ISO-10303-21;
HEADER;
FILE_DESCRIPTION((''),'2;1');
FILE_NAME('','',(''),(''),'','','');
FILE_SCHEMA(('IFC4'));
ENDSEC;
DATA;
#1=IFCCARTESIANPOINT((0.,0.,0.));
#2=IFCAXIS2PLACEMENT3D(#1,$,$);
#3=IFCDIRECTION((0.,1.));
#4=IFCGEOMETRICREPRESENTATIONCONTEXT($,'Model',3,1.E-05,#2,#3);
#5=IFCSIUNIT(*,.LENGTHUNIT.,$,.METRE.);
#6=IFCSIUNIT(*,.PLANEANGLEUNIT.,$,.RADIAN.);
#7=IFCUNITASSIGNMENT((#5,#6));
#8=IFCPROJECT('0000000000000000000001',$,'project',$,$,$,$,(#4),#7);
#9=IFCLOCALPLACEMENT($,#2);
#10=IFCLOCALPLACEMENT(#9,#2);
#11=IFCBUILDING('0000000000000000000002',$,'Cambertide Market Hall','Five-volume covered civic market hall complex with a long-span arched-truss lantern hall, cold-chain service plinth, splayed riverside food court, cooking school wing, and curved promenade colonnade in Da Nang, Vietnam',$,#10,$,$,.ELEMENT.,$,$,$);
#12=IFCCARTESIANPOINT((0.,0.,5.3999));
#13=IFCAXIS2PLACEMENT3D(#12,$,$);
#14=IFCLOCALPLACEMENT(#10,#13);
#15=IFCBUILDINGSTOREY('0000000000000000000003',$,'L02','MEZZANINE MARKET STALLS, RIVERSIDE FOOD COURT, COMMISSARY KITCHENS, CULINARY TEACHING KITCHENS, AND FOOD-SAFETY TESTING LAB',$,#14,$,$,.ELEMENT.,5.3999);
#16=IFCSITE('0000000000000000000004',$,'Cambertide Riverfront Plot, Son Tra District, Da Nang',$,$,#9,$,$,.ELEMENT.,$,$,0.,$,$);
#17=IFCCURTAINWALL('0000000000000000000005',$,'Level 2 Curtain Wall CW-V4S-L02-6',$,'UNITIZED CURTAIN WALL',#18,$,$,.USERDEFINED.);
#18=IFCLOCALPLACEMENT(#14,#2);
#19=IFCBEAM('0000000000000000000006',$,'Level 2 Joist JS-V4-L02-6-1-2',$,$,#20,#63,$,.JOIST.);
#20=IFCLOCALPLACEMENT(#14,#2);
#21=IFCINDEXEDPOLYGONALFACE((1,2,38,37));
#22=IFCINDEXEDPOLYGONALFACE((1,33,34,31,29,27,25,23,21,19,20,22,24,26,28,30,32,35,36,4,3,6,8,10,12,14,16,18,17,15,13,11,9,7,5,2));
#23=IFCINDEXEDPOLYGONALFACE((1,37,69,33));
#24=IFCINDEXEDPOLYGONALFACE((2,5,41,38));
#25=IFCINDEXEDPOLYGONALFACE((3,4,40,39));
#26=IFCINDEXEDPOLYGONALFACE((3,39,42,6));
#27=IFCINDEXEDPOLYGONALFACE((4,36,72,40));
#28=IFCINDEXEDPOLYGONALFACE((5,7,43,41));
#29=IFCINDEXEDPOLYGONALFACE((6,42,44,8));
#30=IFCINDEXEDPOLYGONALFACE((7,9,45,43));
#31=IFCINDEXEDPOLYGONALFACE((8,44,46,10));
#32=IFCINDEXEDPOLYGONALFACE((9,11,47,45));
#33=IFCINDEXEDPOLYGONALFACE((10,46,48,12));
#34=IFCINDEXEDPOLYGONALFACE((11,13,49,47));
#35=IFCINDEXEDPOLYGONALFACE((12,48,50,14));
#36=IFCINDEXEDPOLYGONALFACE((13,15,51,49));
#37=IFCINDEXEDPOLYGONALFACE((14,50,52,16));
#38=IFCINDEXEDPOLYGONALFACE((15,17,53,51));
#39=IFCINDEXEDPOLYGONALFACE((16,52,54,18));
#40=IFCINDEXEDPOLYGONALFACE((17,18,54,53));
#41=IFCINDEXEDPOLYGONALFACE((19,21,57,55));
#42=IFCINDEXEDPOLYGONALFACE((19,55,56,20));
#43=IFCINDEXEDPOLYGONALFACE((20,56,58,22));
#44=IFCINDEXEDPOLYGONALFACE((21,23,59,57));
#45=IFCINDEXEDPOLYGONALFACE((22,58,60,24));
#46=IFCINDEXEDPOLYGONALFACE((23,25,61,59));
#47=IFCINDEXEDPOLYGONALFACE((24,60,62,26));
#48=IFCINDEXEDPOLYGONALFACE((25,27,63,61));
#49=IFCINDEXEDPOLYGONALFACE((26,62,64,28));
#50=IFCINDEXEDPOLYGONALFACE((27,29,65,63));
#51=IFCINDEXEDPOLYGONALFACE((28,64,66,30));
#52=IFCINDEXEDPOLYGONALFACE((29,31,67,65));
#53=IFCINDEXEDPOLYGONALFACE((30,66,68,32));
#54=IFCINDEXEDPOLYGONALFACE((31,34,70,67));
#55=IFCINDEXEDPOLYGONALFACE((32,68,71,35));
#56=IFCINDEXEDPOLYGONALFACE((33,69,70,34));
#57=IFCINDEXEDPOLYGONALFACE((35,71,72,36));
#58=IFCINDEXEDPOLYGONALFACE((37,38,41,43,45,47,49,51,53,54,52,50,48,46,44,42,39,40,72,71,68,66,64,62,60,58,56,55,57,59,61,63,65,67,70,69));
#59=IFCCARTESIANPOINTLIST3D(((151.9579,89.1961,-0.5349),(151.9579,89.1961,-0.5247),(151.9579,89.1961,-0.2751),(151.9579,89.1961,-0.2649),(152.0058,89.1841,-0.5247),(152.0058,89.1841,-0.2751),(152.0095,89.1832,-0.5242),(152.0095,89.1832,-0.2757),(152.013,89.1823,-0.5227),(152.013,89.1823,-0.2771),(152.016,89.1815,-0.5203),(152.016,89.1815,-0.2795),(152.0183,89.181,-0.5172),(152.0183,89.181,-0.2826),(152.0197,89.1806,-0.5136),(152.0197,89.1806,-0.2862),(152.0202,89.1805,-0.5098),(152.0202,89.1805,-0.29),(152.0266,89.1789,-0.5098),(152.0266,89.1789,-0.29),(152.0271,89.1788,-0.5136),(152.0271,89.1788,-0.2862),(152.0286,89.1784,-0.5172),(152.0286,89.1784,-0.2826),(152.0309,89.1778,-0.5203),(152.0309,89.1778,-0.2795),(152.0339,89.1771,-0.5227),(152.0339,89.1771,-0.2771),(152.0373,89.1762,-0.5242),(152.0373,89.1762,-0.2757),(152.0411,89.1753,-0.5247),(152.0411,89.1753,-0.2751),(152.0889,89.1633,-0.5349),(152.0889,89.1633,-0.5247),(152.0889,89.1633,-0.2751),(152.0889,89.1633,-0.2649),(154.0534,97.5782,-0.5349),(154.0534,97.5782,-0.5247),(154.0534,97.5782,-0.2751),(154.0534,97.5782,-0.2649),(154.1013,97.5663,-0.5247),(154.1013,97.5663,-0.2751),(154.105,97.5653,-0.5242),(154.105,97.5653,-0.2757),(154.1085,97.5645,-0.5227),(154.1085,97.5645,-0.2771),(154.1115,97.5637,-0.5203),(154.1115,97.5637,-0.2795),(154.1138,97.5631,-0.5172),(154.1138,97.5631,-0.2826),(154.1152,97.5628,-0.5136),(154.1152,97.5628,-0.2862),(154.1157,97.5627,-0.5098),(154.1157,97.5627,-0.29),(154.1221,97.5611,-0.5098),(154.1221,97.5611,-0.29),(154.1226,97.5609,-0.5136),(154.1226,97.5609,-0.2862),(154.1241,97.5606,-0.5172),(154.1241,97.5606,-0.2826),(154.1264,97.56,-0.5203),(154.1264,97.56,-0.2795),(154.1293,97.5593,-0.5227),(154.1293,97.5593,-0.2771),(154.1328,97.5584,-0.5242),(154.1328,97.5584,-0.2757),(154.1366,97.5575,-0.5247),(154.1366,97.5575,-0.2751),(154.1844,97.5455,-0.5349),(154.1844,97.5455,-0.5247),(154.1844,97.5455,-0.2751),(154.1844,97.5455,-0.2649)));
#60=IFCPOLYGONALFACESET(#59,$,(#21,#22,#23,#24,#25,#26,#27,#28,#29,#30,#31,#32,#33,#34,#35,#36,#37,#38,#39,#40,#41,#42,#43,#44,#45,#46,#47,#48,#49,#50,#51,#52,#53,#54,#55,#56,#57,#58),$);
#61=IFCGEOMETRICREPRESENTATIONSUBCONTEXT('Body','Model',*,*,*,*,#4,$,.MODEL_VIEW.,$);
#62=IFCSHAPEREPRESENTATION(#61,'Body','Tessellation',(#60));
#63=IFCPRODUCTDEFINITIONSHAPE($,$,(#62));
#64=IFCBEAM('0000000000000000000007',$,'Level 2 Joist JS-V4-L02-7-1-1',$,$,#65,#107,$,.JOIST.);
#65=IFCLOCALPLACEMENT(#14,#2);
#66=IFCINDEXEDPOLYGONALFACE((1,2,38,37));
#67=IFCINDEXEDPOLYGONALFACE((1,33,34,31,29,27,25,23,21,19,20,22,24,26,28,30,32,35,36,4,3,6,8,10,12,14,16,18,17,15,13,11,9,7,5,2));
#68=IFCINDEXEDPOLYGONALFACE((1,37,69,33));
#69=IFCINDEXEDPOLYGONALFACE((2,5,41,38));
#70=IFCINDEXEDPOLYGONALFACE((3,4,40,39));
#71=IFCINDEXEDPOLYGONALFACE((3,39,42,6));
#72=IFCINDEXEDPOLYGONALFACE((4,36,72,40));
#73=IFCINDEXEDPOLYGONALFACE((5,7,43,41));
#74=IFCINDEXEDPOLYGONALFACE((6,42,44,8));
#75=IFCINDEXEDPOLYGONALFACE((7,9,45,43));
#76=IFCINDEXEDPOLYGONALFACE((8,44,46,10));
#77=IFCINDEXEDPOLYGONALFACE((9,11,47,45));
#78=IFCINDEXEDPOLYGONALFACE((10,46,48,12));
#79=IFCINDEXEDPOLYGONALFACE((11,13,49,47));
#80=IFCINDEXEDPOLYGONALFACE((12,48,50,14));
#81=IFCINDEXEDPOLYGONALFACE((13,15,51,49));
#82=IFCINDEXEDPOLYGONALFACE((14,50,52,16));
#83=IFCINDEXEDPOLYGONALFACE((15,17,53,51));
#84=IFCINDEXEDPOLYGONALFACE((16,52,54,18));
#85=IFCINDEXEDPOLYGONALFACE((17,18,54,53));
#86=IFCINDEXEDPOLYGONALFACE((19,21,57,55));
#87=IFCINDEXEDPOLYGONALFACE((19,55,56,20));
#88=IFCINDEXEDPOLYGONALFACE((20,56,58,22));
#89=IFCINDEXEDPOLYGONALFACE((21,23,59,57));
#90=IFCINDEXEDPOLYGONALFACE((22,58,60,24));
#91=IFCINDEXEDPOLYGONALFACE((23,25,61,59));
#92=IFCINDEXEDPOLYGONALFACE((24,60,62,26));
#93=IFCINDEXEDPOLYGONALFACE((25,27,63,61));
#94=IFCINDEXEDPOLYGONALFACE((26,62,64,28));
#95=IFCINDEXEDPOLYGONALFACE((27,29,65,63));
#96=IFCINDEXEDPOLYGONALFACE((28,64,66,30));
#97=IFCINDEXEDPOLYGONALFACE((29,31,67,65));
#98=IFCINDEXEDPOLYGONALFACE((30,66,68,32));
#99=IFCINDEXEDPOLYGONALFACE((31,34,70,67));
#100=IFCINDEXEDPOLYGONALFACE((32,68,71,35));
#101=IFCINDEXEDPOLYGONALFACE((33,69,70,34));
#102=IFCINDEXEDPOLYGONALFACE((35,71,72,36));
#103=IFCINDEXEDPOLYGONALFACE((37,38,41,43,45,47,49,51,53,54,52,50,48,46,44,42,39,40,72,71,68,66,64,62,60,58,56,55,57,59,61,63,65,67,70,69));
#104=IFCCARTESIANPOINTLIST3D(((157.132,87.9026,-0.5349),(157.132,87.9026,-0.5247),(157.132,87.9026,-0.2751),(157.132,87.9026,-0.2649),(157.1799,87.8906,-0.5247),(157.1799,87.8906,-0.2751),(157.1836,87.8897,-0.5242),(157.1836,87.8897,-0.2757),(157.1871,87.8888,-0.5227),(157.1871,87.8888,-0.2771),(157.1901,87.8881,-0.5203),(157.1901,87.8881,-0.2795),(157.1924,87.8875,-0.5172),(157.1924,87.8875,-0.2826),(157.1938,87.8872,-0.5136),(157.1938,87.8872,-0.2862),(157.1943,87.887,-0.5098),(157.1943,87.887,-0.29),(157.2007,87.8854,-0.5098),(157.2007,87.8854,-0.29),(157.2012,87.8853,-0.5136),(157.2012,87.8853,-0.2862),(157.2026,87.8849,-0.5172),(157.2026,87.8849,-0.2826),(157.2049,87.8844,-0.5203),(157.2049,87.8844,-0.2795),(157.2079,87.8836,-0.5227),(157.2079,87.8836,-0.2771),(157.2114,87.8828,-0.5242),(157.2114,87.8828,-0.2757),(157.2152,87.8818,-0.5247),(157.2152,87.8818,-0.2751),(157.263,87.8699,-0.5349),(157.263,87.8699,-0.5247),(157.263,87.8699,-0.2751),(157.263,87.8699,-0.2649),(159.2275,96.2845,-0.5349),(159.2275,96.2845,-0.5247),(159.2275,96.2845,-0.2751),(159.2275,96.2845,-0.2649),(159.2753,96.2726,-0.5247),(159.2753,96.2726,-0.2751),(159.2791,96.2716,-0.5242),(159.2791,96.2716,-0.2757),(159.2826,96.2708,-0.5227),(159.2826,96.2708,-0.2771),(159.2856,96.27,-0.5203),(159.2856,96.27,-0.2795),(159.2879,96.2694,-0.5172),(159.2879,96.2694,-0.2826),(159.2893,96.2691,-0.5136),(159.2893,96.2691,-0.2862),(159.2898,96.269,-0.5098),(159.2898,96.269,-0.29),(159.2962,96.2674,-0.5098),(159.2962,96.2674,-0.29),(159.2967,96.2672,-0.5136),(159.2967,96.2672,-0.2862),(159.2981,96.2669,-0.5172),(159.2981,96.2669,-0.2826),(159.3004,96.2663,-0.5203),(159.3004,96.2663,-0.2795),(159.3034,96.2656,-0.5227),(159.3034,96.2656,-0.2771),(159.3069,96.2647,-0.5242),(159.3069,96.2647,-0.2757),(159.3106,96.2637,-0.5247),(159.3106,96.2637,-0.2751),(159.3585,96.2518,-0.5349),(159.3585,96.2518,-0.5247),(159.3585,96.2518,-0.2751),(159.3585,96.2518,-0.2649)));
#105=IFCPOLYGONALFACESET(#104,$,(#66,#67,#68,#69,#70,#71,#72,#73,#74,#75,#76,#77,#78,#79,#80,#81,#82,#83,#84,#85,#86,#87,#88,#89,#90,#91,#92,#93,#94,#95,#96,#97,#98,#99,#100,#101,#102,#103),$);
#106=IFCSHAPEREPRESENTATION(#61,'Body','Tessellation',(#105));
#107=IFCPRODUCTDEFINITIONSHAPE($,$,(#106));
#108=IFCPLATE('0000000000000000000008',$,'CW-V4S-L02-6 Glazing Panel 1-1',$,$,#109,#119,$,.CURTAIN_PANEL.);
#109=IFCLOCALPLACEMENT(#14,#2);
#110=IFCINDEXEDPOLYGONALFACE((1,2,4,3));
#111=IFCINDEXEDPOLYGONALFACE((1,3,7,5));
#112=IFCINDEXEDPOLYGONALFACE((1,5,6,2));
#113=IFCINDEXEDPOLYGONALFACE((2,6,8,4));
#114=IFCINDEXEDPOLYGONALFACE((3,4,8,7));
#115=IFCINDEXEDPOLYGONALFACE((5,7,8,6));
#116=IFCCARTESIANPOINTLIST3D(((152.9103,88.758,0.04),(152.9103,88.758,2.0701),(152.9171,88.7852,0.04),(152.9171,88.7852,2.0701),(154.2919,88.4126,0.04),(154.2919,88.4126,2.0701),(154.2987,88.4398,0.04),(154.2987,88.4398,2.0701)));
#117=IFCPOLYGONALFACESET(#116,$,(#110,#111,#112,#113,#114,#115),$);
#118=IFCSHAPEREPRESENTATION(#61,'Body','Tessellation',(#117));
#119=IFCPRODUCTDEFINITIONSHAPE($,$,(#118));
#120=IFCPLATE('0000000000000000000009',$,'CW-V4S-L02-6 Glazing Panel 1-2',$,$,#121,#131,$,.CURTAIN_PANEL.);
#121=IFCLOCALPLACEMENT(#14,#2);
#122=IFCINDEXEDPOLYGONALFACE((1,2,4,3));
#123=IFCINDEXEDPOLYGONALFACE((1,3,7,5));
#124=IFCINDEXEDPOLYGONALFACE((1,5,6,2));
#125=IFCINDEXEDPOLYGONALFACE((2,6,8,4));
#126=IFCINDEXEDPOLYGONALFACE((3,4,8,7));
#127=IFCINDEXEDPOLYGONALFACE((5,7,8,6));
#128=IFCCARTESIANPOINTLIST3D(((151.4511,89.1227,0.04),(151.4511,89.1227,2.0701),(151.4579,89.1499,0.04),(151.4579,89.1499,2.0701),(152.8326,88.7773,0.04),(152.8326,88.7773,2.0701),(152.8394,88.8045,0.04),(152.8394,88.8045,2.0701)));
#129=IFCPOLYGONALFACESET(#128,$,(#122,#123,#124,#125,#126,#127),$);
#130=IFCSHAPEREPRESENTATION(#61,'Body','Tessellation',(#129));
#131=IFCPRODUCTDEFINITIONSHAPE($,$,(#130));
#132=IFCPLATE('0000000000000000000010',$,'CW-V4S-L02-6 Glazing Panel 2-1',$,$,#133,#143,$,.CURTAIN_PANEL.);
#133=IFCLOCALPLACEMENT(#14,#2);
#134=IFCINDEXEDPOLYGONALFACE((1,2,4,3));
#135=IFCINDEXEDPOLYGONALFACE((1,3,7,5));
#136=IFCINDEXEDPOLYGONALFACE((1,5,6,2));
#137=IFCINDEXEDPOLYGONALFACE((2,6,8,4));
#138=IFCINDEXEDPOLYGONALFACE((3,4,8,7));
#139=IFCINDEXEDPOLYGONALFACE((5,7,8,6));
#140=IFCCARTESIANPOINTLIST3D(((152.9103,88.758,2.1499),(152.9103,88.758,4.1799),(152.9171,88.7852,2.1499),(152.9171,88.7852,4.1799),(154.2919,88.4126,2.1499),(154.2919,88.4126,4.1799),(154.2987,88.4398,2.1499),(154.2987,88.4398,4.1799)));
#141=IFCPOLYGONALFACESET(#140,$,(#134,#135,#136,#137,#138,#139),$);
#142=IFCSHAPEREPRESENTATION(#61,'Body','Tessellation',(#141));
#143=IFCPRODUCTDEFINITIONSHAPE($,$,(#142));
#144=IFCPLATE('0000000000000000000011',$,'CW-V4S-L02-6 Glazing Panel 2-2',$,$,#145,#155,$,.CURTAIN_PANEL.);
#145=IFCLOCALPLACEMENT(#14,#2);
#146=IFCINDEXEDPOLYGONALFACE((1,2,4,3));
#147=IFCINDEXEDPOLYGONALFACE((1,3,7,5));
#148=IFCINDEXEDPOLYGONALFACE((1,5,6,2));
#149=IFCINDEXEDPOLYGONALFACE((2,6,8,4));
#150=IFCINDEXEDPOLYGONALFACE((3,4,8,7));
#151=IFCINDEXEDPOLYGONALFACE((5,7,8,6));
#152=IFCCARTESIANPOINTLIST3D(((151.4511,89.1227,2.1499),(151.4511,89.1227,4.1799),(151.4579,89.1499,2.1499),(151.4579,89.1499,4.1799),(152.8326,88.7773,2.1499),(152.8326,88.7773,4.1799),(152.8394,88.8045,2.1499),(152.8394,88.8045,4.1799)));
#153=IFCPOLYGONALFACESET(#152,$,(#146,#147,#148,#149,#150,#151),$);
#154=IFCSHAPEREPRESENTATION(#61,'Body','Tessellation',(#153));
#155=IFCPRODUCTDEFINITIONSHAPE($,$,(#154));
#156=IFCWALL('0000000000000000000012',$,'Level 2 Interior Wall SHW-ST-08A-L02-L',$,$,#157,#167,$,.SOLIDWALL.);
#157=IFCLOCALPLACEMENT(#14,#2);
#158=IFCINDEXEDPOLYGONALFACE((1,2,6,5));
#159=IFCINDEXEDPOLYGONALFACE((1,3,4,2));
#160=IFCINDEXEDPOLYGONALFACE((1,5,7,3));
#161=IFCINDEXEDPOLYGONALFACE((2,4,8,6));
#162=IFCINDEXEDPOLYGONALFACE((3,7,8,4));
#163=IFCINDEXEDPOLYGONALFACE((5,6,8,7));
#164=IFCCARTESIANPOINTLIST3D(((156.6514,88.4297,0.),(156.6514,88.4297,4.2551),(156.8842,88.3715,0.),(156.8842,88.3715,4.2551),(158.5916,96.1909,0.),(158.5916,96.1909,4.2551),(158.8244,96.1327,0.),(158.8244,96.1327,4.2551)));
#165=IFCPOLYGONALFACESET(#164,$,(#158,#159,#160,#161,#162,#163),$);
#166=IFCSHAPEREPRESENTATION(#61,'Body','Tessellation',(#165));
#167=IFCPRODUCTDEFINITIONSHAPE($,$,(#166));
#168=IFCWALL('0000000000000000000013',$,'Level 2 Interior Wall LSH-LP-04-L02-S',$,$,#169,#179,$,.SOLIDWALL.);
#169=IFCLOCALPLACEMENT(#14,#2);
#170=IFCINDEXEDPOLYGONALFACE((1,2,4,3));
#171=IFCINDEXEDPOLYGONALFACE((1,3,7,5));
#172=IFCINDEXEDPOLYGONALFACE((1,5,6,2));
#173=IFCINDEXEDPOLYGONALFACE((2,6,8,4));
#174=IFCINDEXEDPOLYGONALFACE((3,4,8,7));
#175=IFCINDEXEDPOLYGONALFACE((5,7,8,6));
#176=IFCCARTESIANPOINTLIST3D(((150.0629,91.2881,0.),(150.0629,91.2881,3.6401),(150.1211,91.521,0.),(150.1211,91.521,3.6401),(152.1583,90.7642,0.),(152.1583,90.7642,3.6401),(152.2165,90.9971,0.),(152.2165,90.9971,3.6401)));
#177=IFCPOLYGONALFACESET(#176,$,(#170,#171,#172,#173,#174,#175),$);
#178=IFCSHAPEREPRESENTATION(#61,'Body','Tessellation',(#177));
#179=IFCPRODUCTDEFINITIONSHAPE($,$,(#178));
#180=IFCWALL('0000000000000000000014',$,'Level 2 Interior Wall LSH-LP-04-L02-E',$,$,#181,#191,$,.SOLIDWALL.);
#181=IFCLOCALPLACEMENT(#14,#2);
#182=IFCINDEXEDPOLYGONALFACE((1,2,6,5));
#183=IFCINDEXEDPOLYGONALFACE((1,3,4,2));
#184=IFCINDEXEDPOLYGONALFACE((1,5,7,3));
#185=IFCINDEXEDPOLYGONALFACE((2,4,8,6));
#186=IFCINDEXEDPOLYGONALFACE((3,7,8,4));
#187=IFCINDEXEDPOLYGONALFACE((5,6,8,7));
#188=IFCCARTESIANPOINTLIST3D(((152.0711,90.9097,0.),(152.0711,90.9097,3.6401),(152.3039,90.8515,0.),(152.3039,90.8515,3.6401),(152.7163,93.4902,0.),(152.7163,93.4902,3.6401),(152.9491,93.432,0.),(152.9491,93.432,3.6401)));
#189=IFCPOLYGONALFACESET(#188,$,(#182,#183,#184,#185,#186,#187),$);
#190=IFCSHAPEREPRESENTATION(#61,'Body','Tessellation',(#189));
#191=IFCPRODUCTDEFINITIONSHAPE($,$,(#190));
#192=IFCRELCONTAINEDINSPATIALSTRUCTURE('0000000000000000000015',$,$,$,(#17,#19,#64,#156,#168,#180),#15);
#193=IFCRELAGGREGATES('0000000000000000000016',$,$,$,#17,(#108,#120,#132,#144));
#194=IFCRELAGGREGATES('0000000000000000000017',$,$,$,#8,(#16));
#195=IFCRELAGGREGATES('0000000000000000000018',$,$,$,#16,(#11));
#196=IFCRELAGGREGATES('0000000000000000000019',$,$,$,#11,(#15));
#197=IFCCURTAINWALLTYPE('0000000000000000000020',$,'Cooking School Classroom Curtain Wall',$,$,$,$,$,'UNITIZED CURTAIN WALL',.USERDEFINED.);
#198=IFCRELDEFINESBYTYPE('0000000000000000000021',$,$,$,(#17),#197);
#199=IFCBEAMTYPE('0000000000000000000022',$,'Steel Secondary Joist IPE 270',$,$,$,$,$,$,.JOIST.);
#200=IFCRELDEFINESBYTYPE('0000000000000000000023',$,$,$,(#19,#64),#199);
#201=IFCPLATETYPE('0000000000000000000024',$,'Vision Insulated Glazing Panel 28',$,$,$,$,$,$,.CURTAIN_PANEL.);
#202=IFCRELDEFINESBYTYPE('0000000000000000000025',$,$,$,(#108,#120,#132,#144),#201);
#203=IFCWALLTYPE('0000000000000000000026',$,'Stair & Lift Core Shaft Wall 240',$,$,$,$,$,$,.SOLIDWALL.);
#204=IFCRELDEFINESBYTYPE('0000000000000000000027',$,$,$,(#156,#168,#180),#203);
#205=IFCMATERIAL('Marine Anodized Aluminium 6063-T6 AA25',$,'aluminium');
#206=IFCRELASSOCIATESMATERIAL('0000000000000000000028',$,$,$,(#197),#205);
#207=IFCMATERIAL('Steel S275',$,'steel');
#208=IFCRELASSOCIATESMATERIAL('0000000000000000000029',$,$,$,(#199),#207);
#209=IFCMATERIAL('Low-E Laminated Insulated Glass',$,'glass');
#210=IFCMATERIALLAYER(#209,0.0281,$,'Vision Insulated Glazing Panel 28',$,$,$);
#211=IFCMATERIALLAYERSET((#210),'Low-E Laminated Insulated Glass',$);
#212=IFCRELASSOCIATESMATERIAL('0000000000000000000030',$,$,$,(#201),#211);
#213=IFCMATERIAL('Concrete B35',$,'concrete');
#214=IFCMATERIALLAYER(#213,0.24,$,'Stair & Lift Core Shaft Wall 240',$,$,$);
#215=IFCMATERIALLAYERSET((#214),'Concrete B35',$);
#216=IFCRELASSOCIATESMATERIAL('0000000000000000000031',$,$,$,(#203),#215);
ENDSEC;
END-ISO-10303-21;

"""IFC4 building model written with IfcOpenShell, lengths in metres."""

from ifc_helpers import new_model, si_unit, direction, frame, frame_2d, origin, origin_2d, place, context, subcontext, project, spatial, rectangle, i_section, extrude, material, layer, layer_set, material_profile, profile_set, type_object, element, aggregate, save


model = new_model("IFC4")

# Units and contexts
model_context = context("Model", 3, precision=1e-05, world=origin(), true_north=direction((0.0, 1.0)))
body_context = subcontext(model_context, "Body", "Model", "MODEL_VIEW")
ifc_project = project(units=[si_unit("LENGTHUNIT", "METRE"), si_unit("PLANEANGLEUNIT", "RADIAN")], contexts=[model_context])

# Site, building, storey
site_placement = place(None, origin())
site = spatial("IfcSite", under=ifc_project, at=site_placement, Name="Cambertide Riverfront Plot, Son Tra District, Da Nang", CompositionType="ELEMENT", RefElevation=0.0)
building_placement = place(site_placement, origin())
building = spatial("IfcBuilding", under=site, at=building_placement, Name="Cambertide Market Hall", Description="Five-volume covered civic market hall complex with a long-span arched-truss lantern hall, cold-chain service plinth, splayed riverside food court, cooking school wing, and curved promenade colonnade in Da Nang, Vietnam", CompositionType="ELEMENT")
storey_placement = place(building_placement, frame((0.0, 0.0, 5.3999)))
storey = spatial("IfcBuildingStorey", under=building, at=storey_placement, Name="L02", Description="MEZZANINE MARKET STALLS, RIVERSIDE FOOD COURT, COMMISSARY KITCHENS, CULINARY TEACHING KITCHENS, AND FOOD-SAFETY TESTING LAB", CompositionType="ELEMENT", Elevation=5.3999)

# Curtain wall
ifc_material_1 = material(Name="Marine Anodized Aluminium 6063-T6 AA25", Category="aluminium")
curtain_wall_type = type_object("IfcCurtainWallType", Name="Cooking School Classroom Curtain Wall", ElementType="UNITIZED CURTAIN WALL", PredefinedType="USERDEFINED", material=ifc_material_1)
curtain_wall_placement = place(storey_placement, origin())
curtain_wall = element("IfcCurtainWall", 1, at=curtain_wall_placement, inside=storey, type_object=curtain_wall_type, Name="Level 2 Curtain Wall CW-V4S-L02-6", ObjectType="UNITIZED CURTAIN WALL", PredefinedType="USERDEFINED")

# Beams
ifc_material_2 = material(Name="Steel S275", Category="steel")
ifc_material_profile_1 = material_profile(ifc_material_2, i_section(OverallWidth=0.135, OverallDepth=0.27, WebThickness=0.0066, FlangeThickness=0.0103, FilletRadius=0.0149, at=origin_2d()), Name="IPE 270")
ifc_profile_set_1 = profile_set([ifc_material_profile_1], Name="Steel S275")
beam_type_1 = type_object("IfcBeamType", Name="Steel Secondary Joist IPE 270", PredefinedType="JOIST", material=ifc_profile_set_1)
beam_1_placement = place(storey_placement, frame((152.0234, 89.1797, -0.3999), z_axis=(0.242529, 0.970144, 0.0), x_axis=(-0.970144, 0.242529, 0.0)))
element("IfcBeam", 2, at=beam_1_placement, inside=storey, type_object=beam_type_1, Name="Level 2 Joist JS-V4-L02-6-1-2", PredefinedType="JOIST", context=body_context, shape_type="SweptSolid", body=[
    extrude(i_section(OverallWidth=0.135, OverallDepth=0.27, WebThickness=0.0066, FlangeThickness=0.0103, FilletRadius=0.0149, at=origin_2d()), origin(), (0.0, 0.0, 1.0), 8.6401),
])
beam_2_placement = place(storey_placement, frame((157.1975, 87.8862, -0.3999), z_axis=(0.242536, 0.970143, 0.0), x_axis=(-0.970143, 0.242536, 0.0)))
element("IfcBeam", 3, at=beam_2_placement, inside=storey, type_object=beam_type_1, Name="Level 2 Joist JS-V4-L02-7-1-1", PredefinedType="JOIST", context=body_context, shape_type="SweptSolid", body=[
    extrude(i_section(OverallWidth=0.135, OverallDepth=0.27, WebThickness=0.0066, FlangeThickness=0.0103, FilletRadius=0.0149, at=origin_2d()), origin(), (0.0, 0.0, 1.0), 8.6399),
])

# Plates
ifc_material_3 = material(Name="Low-E Laminated Insulated Glass", Category="glass")
ifc_layer_1 = layer(ifc_material_3, 0.0281, Name="Vision Insulated Glazing Panel 28")
ifc_layer_set_1 = layer_set([ifc_layer_1], Name="Low-E Laminated Insulated Glass")
plate_type = type_object("IfcPlateType", Name="Vision Insulated Glazing Panel 28", PredefinedType="CURTAIN_PANEL", material=ifc_layer_set_1)
plate_1_placement = place(storey_placement, frame((153.6045, 88.5989, 0.04), z_axis=(0.0, 0.0, 1.0), x_axis=(-0.970143, 0.242535, 0.0)))
plate_1 = element("IfcPlate", 4, at=plate_1_placement, type_object=plate_type, Name="CW-V4S-L02-6 Glazing Panel 1-1", PredefinedType="CURTAIN_PANEL", context=body_context, shape_type="SweptSolid", body=[
    extrude(rectangle(XDim=1.4241, YDim=0.0281, at=origin_2d()), origin(), (0.0, 0.0, 1.0), 2.03),
])
plate_2_placement = place(storey_placement, frame((152.1453, 88.9636, 0.04), z_axis=(0.0, 0.0, 1.0), x_axis=(-0.970143, 0.242535, 0.0)))
plate_2 = element("IfcPlate", 5, at=plate_2_placement, type_object=plate_type, Name="CW-V4S-L02-6 Glazing Panel 1-2", PredefinedType="CURTAIN_PANEL", context=body_context, shape_type="SweptSolid", body=[
    extrude(rectangle(XDim=1.4241, YDim=0.0281, at=origin_2d()), origin(), (0.0, 0.0, 1.0), 2.03),
])
plate_3_placement = place(storey_placement, frame((153.6045, 88.5989, 2.1499), z_axis=(0.0, 0.0, 1.0), x_axis=(-0.970143, 0.242535, 0.0)))
plate_3 = element("IfcPlate", 6, at=plate_3_placement, type_object=plate_type, Name="CW-V4S-L02-6 Glazing Panel 2-1", PredefinedType="CURTAIN_PANEL", context=body_context, shape_type="SweptSolid", body=[
    extrude(rectangle(XDim=1.4241, YDim=0.0281, at=origin_2d()), origin(), (0.0, 0.0, 1.0), 2.03),
])
plate_4_placement = place(storey_placement, frame((152.1453, 88.9636, 2.1499), z_axis=(0.0, 0.0, 1.0), x_axis=(-0.970143, 0.242535, 0.0)))
plate_4 = element("IfcPlate", 7, at=plate_4_placement, type_object=plate_type, Name="CW-V4S-L02-6 Glazing Panel 2-2", PredefinedType="CURTAIN_PANEL", context=body_context, shape_type="SweptSolid", body=[
    extrude(rectangle(XDim=1.4241, YDim=0.0281, at=origin_2d()), origin(), (0.0, 0.0, 1.0), 2.03),
])
aggregate(curtain_wall, [plate_1, plate_2, plate_3, plate_4])

# Walls
ifc_material_4 = material(Name="Concrete B35", Category="concrete")
ifc_layer_2 = layer(ifc_material_4, 0.24, Name="Stair & Lift Core Shaft Wall 240")
ifc_layer_set_2 = layer_set([ifc_layer_2], Name="Concrete B35")
wall_type = type_object("IfcWallType", Name="Stair & Lift Core Shaft Wall 240", PredefinedType="SOLIDWALL", material=ifc_layer_set_2)
wall_1_placement = place(storey_placement, frame((156.7678, 88.4006, 0.0), z_axis=(0.0, 0.0, 1.0), x_axis=(0.242521, 0.970146, 0.0)))
element("IfcWall", 8, at=wall_1_placement, inside=storey, type_object=wall_type, Name="Level 2 Interior Wall SHW-ST-08A-L02-L", PredefinedType="SOLIDWALL", context=body_context, shape_type="SweptSolid", body=[
    extrude(rectangle(XDim=8.0, YDim=0.24, at=frame_2d((4.0, 0.0))), origin(), (0.0, 0.0, 1.0), 4.2551),
])
wall_2_placement = place(storey_placement, frame((152.1875, 90.8806, 0.0), z_axis=(0.0, 0.0, 1.0), x_axis=(-0.970136, 0.242562, 0.0)))
element("IfcWall", 9, at=wall_2_placement, inside=storey, type_object=wall_type, Name="Level 2 Interior Wall LSH-LP-04-L02-S", PredefinedType="SOLIDWALL", context=body_context, shape_type="SweptSolid", body=[
    extrude(rectangle(XDim=2.1599, YDim=0.24, at=frame_2d((1.0801, 0.0))), origin(), (0.0, 0.0, 1.0), 3.6401),
])
wall_3_placement = place(storey_placement, frame((152.8328, 93.4612, 0.0), z_axis=(0.0, 0.0, 1.0), x_axis=(-0.242579, -0.970132, 0.0)))
element("IfcWall", 10, at=wall_3_placement, inside=storey, type_object=wall_type, Name="Level 2 Interior Wall LSH-LP-04-L02-E", PredefinedType="SOLIDWALL", context=body_context, shape_type="SweptSolid", body=[
    extrude(rectangle(XDim=2.6599, YDim=0.24, at=frame_2d((1.3301, 0.0))), origin(), (0.0, 0.0, 1.0), 3.6401),
])

save(model, "model.ifc")
